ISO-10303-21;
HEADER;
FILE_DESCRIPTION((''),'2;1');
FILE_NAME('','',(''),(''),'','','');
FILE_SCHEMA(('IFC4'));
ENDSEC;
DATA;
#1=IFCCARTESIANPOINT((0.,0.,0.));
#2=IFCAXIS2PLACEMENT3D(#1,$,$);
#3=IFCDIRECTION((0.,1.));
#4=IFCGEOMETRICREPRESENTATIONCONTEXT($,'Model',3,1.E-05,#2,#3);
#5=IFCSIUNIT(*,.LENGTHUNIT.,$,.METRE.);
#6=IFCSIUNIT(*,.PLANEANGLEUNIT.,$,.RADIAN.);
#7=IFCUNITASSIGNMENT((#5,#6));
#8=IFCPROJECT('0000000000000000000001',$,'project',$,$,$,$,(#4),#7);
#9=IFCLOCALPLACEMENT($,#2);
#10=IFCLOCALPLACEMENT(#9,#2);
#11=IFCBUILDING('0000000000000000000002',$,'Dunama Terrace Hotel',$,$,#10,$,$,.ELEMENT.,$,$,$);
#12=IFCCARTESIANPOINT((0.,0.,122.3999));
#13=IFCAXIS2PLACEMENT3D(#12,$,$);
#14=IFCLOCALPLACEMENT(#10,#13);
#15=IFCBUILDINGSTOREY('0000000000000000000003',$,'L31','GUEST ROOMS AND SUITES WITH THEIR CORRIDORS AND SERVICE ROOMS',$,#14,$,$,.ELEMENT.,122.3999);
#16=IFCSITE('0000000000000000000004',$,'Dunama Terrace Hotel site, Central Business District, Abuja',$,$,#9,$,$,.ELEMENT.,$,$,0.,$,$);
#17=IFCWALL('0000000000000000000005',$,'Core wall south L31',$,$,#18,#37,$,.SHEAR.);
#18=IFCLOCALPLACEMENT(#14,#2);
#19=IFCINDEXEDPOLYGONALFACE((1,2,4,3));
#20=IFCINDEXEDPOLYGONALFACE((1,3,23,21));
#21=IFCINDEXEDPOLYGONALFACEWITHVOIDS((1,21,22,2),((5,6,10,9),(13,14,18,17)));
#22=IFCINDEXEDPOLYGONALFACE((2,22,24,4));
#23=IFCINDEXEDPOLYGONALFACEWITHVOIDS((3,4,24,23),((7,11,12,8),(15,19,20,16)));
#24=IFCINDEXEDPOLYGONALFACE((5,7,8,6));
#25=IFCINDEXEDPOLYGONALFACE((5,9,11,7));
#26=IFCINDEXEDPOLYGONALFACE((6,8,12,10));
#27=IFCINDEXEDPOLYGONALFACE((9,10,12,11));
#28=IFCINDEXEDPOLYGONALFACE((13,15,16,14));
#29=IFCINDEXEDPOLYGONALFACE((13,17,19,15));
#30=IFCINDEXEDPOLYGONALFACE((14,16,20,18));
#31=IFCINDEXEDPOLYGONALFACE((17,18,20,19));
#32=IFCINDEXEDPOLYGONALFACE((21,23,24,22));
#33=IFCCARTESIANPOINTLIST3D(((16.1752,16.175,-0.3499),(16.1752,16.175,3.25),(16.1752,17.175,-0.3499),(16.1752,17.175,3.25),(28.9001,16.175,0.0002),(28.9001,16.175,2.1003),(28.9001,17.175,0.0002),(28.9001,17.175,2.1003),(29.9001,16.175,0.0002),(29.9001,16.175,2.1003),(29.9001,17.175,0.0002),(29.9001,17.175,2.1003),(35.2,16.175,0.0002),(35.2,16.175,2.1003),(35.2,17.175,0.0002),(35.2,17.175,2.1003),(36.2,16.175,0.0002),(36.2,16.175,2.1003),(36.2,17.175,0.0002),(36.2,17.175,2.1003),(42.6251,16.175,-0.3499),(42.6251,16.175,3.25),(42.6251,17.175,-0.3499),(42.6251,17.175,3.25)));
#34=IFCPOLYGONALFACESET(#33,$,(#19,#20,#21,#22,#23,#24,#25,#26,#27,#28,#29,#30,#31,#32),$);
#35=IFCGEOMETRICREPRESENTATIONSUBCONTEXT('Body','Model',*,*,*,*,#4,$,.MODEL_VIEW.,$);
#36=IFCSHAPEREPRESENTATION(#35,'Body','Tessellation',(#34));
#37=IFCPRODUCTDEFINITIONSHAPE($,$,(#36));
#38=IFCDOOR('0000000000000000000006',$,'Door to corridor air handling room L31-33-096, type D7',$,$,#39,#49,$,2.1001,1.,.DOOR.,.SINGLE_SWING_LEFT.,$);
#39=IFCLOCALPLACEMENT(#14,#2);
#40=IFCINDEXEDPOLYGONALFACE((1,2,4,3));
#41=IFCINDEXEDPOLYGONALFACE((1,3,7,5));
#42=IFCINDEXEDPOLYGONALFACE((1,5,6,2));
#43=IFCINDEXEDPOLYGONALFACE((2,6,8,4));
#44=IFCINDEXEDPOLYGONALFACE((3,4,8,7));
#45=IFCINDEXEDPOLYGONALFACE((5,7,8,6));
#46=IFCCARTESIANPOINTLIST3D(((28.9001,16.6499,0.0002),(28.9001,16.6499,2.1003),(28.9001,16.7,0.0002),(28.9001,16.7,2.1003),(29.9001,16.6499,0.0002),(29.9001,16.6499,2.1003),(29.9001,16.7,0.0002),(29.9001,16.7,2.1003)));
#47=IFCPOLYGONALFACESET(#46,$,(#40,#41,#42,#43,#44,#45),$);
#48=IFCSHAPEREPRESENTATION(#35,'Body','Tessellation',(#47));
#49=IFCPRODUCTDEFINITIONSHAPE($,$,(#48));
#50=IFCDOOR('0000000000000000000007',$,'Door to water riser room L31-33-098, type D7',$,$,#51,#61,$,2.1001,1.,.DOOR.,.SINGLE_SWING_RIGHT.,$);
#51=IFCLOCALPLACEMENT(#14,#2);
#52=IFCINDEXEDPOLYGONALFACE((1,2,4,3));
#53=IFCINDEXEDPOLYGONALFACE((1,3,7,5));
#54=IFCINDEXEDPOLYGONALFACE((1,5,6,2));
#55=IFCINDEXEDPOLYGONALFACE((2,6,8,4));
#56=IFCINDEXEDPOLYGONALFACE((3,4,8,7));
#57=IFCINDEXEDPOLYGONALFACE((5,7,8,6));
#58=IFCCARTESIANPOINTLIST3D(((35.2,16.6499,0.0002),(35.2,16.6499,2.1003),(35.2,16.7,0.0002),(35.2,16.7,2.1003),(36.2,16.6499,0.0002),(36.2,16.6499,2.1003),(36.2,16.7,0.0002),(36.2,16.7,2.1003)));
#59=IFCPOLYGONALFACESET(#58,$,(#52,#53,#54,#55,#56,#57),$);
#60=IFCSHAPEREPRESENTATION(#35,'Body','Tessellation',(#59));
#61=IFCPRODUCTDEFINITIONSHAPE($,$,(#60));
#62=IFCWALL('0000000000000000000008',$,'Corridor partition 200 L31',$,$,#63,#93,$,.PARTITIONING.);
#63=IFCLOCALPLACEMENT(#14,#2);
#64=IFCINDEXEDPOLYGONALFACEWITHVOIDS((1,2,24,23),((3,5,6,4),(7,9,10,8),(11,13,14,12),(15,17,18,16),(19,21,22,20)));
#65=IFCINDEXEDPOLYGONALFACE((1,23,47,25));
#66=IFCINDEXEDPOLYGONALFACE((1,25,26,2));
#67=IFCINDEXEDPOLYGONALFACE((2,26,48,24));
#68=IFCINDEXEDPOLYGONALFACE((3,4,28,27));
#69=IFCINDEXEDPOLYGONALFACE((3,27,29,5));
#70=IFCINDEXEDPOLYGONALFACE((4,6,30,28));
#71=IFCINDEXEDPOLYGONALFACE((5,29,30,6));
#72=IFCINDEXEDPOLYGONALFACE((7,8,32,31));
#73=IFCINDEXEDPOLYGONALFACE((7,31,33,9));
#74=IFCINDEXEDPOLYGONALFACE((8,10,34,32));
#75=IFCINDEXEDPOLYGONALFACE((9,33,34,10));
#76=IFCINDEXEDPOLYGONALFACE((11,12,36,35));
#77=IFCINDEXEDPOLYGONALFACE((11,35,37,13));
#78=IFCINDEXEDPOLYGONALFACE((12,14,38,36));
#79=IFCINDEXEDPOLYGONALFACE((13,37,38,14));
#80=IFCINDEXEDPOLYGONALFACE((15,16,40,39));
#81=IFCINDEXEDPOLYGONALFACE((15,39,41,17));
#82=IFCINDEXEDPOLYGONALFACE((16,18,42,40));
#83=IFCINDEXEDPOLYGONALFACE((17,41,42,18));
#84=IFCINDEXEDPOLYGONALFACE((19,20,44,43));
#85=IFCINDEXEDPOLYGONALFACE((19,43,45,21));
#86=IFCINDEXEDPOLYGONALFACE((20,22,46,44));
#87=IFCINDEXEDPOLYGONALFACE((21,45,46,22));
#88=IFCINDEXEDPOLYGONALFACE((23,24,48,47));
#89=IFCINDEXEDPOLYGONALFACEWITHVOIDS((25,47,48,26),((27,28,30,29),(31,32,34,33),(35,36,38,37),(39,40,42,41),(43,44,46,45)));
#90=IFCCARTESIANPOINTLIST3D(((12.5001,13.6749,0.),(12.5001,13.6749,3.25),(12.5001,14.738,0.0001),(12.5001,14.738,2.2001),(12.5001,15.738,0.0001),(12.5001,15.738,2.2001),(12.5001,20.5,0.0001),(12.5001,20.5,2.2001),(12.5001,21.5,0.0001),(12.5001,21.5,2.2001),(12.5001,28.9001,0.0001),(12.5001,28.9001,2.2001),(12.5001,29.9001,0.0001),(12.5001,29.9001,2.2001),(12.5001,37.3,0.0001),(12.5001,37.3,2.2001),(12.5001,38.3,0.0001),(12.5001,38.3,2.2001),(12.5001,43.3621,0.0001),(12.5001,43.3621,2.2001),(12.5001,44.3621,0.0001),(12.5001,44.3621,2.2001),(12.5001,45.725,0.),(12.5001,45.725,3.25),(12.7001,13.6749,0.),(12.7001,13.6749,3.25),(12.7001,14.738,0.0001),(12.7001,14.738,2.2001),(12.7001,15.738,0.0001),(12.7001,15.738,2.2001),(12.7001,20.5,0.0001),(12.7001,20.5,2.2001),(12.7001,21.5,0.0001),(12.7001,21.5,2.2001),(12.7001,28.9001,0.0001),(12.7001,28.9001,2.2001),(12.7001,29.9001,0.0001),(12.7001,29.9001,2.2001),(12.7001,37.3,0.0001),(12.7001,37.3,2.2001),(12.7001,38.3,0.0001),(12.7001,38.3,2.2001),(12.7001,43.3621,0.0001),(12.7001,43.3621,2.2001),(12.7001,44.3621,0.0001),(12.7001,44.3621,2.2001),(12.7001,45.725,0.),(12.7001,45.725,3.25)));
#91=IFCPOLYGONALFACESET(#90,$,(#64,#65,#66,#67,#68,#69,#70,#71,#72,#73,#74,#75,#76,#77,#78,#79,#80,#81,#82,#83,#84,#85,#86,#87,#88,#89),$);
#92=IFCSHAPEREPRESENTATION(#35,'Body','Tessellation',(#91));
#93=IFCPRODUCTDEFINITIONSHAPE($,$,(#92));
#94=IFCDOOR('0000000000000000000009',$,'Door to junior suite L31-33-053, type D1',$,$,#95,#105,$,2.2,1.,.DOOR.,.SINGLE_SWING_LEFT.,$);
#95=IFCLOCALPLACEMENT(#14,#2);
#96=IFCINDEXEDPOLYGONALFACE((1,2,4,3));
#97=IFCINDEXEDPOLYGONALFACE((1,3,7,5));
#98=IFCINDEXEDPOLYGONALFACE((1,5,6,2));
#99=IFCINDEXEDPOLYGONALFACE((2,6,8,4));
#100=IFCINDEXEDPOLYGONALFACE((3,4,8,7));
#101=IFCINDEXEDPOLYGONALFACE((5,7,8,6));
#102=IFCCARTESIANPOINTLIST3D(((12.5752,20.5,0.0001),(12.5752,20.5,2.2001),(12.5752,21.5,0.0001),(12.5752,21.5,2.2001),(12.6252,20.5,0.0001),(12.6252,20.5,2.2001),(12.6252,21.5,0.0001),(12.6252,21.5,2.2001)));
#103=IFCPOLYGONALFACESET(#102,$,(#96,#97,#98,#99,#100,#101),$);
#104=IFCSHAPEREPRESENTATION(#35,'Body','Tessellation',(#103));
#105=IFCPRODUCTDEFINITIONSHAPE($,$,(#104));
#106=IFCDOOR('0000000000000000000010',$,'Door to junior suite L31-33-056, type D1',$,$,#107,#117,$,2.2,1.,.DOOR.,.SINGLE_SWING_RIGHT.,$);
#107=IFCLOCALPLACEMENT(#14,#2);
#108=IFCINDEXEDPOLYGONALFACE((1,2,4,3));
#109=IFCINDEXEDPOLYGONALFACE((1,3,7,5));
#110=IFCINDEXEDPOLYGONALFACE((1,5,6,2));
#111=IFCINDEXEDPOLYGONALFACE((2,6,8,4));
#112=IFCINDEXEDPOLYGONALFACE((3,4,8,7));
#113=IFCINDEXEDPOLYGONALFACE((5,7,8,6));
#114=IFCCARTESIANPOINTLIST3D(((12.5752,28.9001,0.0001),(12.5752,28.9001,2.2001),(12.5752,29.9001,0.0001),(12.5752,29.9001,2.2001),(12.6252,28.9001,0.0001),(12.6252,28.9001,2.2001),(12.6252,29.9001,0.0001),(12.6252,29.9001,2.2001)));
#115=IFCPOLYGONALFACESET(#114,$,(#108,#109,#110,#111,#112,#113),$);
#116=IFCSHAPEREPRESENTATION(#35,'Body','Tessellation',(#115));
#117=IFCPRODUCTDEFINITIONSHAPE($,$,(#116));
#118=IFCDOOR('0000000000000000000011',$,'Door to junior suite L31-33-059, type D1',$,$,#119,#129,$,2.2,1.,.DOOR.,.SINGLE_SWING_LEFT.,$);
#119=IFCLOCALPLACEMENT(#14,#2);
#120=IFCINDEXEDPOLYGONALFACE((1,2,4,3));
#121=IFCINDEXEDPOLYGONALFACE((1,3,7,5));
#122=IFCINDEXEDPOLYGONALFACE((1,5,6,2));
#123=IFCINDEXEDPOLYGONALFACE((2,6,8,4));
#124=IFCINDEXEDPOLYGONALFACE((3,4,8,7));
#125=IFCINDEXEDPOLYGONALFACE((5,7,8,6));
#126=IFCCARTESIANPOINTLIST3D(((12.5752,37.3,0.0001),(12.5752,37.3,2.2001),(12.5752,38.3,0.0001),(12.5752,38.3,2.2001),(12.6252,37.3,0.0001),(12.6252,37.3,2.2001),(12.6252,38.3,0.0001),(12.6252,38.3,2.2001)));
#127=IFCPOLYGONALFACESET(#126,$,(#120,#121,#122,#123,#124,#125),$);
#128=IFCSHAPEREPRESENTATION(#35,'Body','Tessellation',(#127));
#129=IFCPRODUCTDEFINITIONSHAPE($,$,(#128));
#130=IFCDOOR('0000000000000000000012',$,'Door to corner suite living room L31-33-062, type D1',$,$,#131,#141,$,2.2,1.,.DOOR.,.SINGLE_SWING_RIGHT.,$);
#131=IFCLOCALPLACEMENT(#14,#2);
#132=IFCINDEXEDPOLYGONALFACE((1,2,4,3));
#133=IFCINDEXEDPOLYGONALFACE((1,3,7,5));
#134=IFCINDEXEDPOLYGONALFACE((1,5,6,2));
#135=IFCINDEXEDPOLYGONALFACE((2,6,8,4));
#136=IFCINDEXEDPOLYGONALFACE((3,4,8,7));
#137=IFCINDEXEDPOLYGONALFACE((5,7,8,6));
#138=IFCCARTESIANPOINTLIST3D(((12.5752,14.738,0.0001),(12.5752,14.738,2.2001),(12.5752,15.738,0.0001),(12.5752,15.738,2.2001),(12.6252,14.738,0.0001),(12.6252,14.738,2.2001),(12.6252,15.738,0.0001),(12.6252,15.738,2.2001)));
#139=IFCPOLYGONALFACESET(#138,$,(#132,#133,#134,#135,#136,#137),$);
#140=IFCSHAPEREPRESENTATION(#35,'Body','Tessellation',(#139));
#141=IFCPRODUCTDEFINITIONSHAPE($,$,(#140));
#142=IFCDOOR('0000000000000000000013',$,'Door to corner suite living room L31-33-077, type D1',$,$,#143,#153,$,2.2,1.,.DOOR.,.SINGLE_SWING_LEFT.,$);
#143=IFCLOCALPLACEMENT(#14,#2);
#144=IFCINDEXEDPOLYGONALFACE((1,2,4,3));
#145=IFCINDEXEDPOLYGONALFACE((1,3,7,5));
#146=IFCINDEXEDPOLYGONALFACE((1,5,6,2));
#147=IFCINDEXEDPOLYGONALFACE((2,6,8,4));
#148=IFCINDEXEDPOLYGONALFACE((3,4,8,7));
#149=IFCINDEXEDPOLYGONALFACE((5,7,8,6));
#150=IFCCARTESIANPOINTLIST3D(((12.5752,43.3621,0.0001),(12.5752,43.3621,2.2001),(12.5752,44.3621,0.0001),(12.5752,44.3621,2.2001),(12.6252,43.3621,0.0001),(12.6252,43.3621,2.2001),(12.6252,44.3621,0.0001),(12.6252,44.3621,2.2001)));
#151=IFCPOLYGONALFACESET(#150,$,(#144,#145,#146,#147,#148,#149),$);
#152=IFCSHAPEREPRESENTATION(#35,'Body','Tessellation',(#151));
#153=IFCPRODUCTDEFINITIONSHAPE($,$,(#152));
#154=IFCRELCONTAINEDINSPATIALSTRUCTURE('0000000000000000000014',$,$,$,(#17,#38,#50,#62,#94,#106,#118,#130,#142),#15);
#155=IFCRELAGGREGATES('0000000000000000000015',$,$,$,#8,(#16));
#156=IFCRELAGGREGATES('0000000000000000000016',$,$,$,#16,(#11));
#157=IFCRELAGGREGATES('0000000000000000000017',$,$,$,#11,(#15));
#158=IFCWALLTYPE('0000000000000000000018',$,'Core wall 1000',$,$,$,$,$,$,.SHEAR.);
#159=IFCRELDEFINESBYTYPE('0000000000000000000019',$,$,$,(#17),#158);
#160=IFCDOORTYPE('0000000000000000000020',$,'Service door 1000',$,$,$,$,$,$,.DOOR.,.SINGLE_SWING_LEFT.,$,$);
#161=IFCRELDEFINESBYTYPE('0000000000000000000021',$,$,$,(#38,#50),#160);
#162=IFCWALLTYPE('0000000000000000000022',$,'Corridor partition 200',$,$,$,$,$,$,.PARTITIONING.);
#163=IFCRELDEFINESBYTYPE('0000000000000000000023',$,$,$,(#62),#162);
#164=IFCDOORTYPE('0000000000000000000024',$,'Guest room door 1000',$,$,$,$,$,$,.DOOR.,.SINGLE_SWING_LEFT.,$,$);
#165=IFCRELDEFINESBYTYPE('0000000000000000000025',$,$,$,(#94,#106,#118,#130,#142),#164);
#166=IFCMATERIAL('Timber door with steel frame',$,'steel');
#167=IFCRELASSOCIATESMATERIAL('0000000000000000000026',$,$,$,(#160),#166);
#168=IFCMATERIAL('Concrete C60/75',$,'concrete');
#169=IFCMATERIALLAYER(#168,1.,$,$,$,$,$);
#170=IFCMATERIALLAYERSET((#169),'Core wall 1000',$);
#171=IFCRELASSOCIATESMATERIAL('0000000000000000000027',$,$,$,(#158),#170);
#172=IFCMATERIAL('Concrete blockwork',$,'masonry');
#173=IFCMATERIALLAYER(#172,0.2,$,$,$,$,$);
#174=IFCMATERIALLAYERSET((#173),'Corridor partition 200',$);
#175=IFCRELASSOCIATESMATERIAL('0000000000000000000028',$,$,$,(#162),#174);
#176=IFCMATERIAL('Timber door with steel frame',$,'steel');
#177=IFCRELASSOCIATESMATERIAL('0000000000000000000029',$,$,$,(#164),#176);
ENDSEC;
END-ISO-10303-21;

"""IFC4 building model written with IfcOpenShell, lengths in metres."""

from ifc_helpers import new_model, si_unit, direction, frame, frame_2d, origin, place, context, subcontext, project, spatial, rectangle, extrude, material, layer, layer_set, type_object, element, fill, save


model = new_model("IFC4")

# Units and contexts
model_context = context("Model", 3, precision=1e-05, world=origin(), true_north=direction((0.0, 1.0)))
body_context = subcontext(model_context, "Body", "Model", "MODEL_VIEW")
ifc_project = project(units=[si_unit("LENGTHUNIT", "METRE"), si_unit("PLANEANGLEUNIT", "RADIAN")], contexts=[model_context])

# Site, building, storey
site_placement = place(None, origin())
site = spatial("IfcSite", under=ifc_project, at=site_placement, Name="Dunama Terrace Hotel site, Central Business District, Abuja", CompositionType="ELEMENT", RefElevation=0.0)
building_placement = place(site_placement, origin())
building = spatial("IfcBuilding", under=site, at=building_placement, Name="Dunama Terrace Hotel", CompositionType="ELEMENT")
storey_placement = place(building_placement, frame((0.0, 0.0, 122.3999)))
storey = spatial("IfcBuildingStorey", under=building, at=storey_placement, Name="L31", Description="GUEST ROOMS AND SUITES WITH THEIR CORRIDORS AND SERVICE ROOMS", CompositionType="ELEMENT", Elevation=122.3999)

# Shared definitions
ifc_material_1 = material(Name="Timber door with steel frame", Category="steel")
door_type_1 = type_object("IfcDoorType", Name="Service door 1000", OperationType="SINGLE_SWING_LEFT", PredefinedType="DOOR", material=ifc_material_1)

# Walls, openings, doors
ifc_material_2 = material(Name="Concrete C60/75", Category="concrete")
ifc_layer_1 = layer(ifc_material_2, 1.0)
ifc_layer_set_1 = layer_set([ifc_layer_1], Name="Core wall 1000")
wall_type_1 = type_object("IfcWallType", Name="Core wall 1000", PredefinedType="SHEAR", material=ifc_layer_set_1)
wall_1_placement = place(storey_placement, frame((16.175, 16.675, -0.3499), z_axis=(0.0, 0.0, 1.0), x_axis=(1.0, 0.0, 0.0)))
wall_1 = element("IfcWall", 1, at=wall_1_placement, inside=storey, type_object=wall_type_1, Name="Core wall south L31", PredefinedType="SHEAR", context=body_context, shape_type="SweptSolid", body=[
    extrude(rectangle(XDim=26.45, YDim=1.0, at=frame_2d((13.2251, 0.0))), origin(), (0.0, 0.0, 1.0), 3.5999),
])
opening_1_placement = place(wall_1_placement, frame((12.7251, 0.0, 0.3501)))
opening_1 = element("IfcOpeningElement", 2, at=opening_1_placement, cuts=wall_1, PredefinedType="OPENING", context=body_context, shape_type="SweptSolid", body=[
    extrude(rectangle(XDim=1.0, YDim=2.1001, at=frame_2d((0.5, 1.05))), frame((0.0, 0.51, 0.0), z_axis=(0.0, -1.0, 0.0), x_axis=(1.0, 0.0, 0.0)), (0.0, 0.0, 1.0), 1.02),
])
opening_2_placement = place(wall_1_placement, frame((19.0249, 0.0, 0.3501)))
opening_2 = element("IfcOpeningElement", 3, at=opening_2_placement, cuts=wall_1, PredefinedType="OPENING", context=body_context, shape_type="SweptSolid", body=[
    extrude(rectangle(XDim=1.0, YDim=2.1001, at=frame_2d((0.5, 1.05))), frame((0.0, 0.51, 0.0), z_axis=(0.0, -1.0, 0.0), x_axis=(1.0, 0.0, 0.0)), (0.0, 0.0, 1.0), 1.02),
])
door_1_placement = place(opening_1_placement, origin())
door_1 = element("IfcDoor", 4, at=door_1_placement, inside=storey, type_object=door_type_1, Name="Door to corridor air handling room L31-33-096, type D7", OperationType="SINGLE_SWING_LEFT", OverallHeight=2.1001, OverallWidth=1.0, PredefinedType="DOOR", context=body_context, shape_type="SweptSolid", body=[
    extrude(rectangle(XDim=1.0, YDim=2.1001, at=frame_2d((0.5, 1.05))), frame((0.0, 0.0249, 0.0), z_axis=(0.0, -1.0, 0.0), x_axis=(1.0, 0.0, 0.0)), (0.0, 0.0, 1.0), 0.05),
])
fill(opening_1, door_1)
door_2_placement = place(opening_2_placement, origin())
door_2 = element("IfcDoor", 5, at=door_2_placement, inside=storey, type_object=door_type_1, Name="Door to water riser room L31-33-098, type D7", OperationType="SINGLE_SWING_RIGHT", OverallHeight=2.1001, OverallWidth=1.0, PredefinedType="DOOR", context=body_context, shape_type="SweptSolid", body=[
    extrude(rectangle(XDim=1.0, YDim=2.1001, at=frame_2d((0.5, 1.05))), frame((0.0, 0.0249, 0.0), z_axis=(0.0, -1.0, 0.0), x_axis=(1.0, 0.0, 0.0)), (0.0, 0.0, 1.0), 0.05),
])
fill(opening_2, door_2)
ifc_material_3 = material(Name="Concrete blockwork", Category="masonry")
ifc_layer_2 = layer(ifc_material_3, 0.2)
ifc_layer_set_2 = layer_set([ifc_layer_2], Name="Corridor partition 200")
wall_type_2 = type_object("IfcWallType", Name="Corridor partition 200", PredefinedType="PARTITIONING", material=ifc_layer_set_2)
wall_2_placement = place(storey_placement, frame((12.6001, 13.675, 0.0), z_axis=(0.0, 0.0, 1.0), x_axis=(0.0, 1.0, 0.0)))
wall_2 = element("IfcWall", 6, at=wall_2_placement, inside=storey, type_object=wall_type_2, Name="Corridor partition 200 L31", PredefinedType="PARTITIONING", context=body_context, shape_type="SweptSolid", body=[
    extrude(rectangle(XDim=32.05, YDim=0.2, at=frame_2d((16.0249, 0.0))), origin(), (0.0, 0.0, 1.0), 3.25),
])
opening_3_placement = place(wall_2_placement, frame((6.825, 0.0, 0.0)))
opening_3 = element("IfcOpeningElement", 7, at=opening_3_placement, cuts=wall_2, PredefinedType="OPENING", context=body_context, shape_type="SweptSolid", body=[
    extrude(rectangle(XDim=1.0, YDim=2.2, at=frame_2d((0.5, 1.1001))), frame((0.0, 0.1099, 0.0), z_axis=(0.0, -1.0, 0.0), x_axis=(1.0, 0.0, 0.0)), (0.0, 0.0, 1.0), 0.22),
])
opening_4_placement = place(wall_2_placement, frame((15.2251, 0.0, 0.0)))
opening_4 = element("IfcOpeningElement", 8, at=opening_4_placement, cuts=wall_2, PredefinedType="OPENING", context=body_context, shape_type="SweptSolid", body=[
    extrude(rectangle(XDim=1.0, YDim=2.2, at=frame_2d((0.5, 1.1001))), frame((0.0, 0.1099, 0.0), z_axis=(0.0, -1.0, 0.0), x_axis=(1.0, 0.0, 0.0)), (0.0, 0.0, 1.0), 0.22),
])
opening_5_placement = place(wall_2_placement, frame((23.625, 0.0, 0.0)))
opening_5 = element("IfcOpeningElement", 9, at=opening_5_placement, cuts=wall_2, PredefinedType="OPENING", context=body_context, shape_type="SweptSolid", body=[
    extrude(rectangle(XDim=1.0, YDim=2.2, at=frame_2d((0.5, 1.1001))), frame((0.0, 0.1099, 0.0), z_axis=(0.0, -1.0, 0.0), x_axis=(1.0, 0.0, 0.0)), (0.0, 0.0, 1.0), 0.22),
])
opening_6_placement = place(wall_2_placement, frame((1.063, 0.0, 0.0)))
opening_6 = element("IfcOpeningElement", 10, at=opening_6_placement, cuts=wall_2, PredefinedType="OPENING", context=body_context, shape_type="SweptSolid", body=[
    extrude(rectangle(XDim=1.0, YDim=2.2, at=frame_2d((0.5, 1.1001))), frame((0.0, 0.1099, 0.0), z_axis=(0.0, -1.0, 0.0), x_axis=(1.0, 0.0, 0.0)), (0.0, 0.0, 1.0), 0.22),
])
opening_7_placement = place(wall_2_placement, frame((29.687, 0.0, 0.0)))
opening_7 = element("IfcOpeningElement", 11, at=opening_7_placement, cuts=wall_2, PredefinedType="OPENING", context=body_context, shape_type="SweptSolid", body=[
    extrude(rectangle(XDim=1.0, YDim=2.2, at=frame_2d((0.5, 1.1001))), frame((0.0, 0.1099, 0.0), z_axis=(0.0, -1.0, 0.0), x_axis=(1.0, 0.0, 0.0)), (0.0, 0.0, 1.0), 0.22),
])
ifc_material_4 = material(Name="Timber door with steel frame", Category="steel")
door_type_2 = type_object("IfcDoorType", Name="Guest room door 1000", OperationType="SINGLE_SWING_LEFT", PredefinedType="DOOR", material=ifc_material_4)
door_3_placement = place(opening_3_placement, origin())
door_3 = element("IfcDoor", 12, at=door_3_placement, inside=storey, type_object=door_type_2, Name="Door to junior suite L31-33-053, type D1", OperationType="SINGLE_SWING_LEFT", OverallHeight=2.2, OverallWidth=1.0, PredefinedType="DOOR", context=body_context, shape_type="SweptSolid", body=[
    extrude(rectangle(XDim=1.0, YDim=2.2, at=frame_2d((0.5, 1.1001))), frame((0.0, 0.0249, 0.0), z_axis=(0.0, -1.0, 0.0), x_axis=(1.0, 0.0, 0.0)), (0.0, 0.0, 1.0), 0.05),
])
fill(opening_3, door_3)
door_4_placement = place(opening_4_placement, origin())
door_4 = element("IfcDoor", 13, at=door_4_placement, inside=storey, type_object=door_type_2, Name="Door to junior suite L31-33-056, type D1", OperationType="SINGLE_SWING_RIGHT", OverallHeight=2.2, OverallWidth=1.0, PredefinedType="DOOR", context=body_context, shape_type="SweptSolid", body=[
    extrude(rectangle(XDim=1.0, YDim=2.2, at=frame_2d((0.5, 1.1001))), frame((0.0, 0.0249, 0.0), z_axis=(0.0, -1.0, 0.0), x_axis=(1.0, 0.0, 0.0)), (0.0, 0.0, 1.0), 0.05),
])
fill(opening_4, door_4)
door_5_placement = place(opening_5_placement, origin())
door_5 = element("IfcDoor", 14, at=door_5_placement, inside=storey, type_object=door_type_2, Name="Door to junior suite L31-33-059, type D1", OperationType="SINGLE_SWING_LEFT", OverallHeight=2.2, OverallWidth=1.0, PredefinedType="DOOR", context=body_context, shape_type="SweptSolid", body=[
    extrude(rectangle(XDim=1.0, YDim=2.2, at=frame_2d((0.5, 1.1001))), frame((0.0, 0.0249, 0.0), z_axis=(0.0, -1.0, 0.0), x_axis=(1.0, 0.0, 0.0)), (0.0, 0.0, 1.0), 0.05),
])
fill(opening_5, door_5)
door_6_placement = place(opening_6_placement, origin())
door_6 = element("IfcDoor", 15, at=door_6_placement, inside=storey, type_object=door_type_2, Name="Door to corner suite living room L31-33-062, type D1", OperationType="SINGLE_SWING_RIGHT", OverallHeight=2.2, OverallWidth=1.0, PredefinedType="DOOR", context=body_context, shape_type="SweptSolid", body=[
    extrude(rectangle(XDim=1.0, YDim=2.2, at=frame_2d((0.5, 1.1001))), frame((0.0, 0.0249, 0.0), z_axis=(0.0, -1.0, 0.0), x_axis=(1.0, 0.0, 0.0)), (0.0, 0.0, 1.0), 0.05),
])
fill(opening_6, door_6)
door_7_placement = place(opening_7_placement, origin())
door_7 = element("IfcDoor", 16, at=door_7_placement, inside=storey, type_object=door_type_2, Name="Door to corner suite living room L31-33-077, type D1", OperationType="SINGLE_SWING_LEFT", OverallHeight=2.2, OverallWidth=1.0, PredefinedType="DOOR", context=body_context, shape_type="SweptSolid", body=[
    extrude(rectangle(XDim=1.0, YDim=2.2, at=frame_2d((0.5, 1.1001))), frame((0.0, 0.0249, 0.0), z_axis=(0.0, -1.0, 0.0), x_axis=(1.0, 0.0, 0.0)), (0.0, 0.0, 1.0), 0.05),
])
fill(opening_7, door_7)

save(model, "model.ifc")
